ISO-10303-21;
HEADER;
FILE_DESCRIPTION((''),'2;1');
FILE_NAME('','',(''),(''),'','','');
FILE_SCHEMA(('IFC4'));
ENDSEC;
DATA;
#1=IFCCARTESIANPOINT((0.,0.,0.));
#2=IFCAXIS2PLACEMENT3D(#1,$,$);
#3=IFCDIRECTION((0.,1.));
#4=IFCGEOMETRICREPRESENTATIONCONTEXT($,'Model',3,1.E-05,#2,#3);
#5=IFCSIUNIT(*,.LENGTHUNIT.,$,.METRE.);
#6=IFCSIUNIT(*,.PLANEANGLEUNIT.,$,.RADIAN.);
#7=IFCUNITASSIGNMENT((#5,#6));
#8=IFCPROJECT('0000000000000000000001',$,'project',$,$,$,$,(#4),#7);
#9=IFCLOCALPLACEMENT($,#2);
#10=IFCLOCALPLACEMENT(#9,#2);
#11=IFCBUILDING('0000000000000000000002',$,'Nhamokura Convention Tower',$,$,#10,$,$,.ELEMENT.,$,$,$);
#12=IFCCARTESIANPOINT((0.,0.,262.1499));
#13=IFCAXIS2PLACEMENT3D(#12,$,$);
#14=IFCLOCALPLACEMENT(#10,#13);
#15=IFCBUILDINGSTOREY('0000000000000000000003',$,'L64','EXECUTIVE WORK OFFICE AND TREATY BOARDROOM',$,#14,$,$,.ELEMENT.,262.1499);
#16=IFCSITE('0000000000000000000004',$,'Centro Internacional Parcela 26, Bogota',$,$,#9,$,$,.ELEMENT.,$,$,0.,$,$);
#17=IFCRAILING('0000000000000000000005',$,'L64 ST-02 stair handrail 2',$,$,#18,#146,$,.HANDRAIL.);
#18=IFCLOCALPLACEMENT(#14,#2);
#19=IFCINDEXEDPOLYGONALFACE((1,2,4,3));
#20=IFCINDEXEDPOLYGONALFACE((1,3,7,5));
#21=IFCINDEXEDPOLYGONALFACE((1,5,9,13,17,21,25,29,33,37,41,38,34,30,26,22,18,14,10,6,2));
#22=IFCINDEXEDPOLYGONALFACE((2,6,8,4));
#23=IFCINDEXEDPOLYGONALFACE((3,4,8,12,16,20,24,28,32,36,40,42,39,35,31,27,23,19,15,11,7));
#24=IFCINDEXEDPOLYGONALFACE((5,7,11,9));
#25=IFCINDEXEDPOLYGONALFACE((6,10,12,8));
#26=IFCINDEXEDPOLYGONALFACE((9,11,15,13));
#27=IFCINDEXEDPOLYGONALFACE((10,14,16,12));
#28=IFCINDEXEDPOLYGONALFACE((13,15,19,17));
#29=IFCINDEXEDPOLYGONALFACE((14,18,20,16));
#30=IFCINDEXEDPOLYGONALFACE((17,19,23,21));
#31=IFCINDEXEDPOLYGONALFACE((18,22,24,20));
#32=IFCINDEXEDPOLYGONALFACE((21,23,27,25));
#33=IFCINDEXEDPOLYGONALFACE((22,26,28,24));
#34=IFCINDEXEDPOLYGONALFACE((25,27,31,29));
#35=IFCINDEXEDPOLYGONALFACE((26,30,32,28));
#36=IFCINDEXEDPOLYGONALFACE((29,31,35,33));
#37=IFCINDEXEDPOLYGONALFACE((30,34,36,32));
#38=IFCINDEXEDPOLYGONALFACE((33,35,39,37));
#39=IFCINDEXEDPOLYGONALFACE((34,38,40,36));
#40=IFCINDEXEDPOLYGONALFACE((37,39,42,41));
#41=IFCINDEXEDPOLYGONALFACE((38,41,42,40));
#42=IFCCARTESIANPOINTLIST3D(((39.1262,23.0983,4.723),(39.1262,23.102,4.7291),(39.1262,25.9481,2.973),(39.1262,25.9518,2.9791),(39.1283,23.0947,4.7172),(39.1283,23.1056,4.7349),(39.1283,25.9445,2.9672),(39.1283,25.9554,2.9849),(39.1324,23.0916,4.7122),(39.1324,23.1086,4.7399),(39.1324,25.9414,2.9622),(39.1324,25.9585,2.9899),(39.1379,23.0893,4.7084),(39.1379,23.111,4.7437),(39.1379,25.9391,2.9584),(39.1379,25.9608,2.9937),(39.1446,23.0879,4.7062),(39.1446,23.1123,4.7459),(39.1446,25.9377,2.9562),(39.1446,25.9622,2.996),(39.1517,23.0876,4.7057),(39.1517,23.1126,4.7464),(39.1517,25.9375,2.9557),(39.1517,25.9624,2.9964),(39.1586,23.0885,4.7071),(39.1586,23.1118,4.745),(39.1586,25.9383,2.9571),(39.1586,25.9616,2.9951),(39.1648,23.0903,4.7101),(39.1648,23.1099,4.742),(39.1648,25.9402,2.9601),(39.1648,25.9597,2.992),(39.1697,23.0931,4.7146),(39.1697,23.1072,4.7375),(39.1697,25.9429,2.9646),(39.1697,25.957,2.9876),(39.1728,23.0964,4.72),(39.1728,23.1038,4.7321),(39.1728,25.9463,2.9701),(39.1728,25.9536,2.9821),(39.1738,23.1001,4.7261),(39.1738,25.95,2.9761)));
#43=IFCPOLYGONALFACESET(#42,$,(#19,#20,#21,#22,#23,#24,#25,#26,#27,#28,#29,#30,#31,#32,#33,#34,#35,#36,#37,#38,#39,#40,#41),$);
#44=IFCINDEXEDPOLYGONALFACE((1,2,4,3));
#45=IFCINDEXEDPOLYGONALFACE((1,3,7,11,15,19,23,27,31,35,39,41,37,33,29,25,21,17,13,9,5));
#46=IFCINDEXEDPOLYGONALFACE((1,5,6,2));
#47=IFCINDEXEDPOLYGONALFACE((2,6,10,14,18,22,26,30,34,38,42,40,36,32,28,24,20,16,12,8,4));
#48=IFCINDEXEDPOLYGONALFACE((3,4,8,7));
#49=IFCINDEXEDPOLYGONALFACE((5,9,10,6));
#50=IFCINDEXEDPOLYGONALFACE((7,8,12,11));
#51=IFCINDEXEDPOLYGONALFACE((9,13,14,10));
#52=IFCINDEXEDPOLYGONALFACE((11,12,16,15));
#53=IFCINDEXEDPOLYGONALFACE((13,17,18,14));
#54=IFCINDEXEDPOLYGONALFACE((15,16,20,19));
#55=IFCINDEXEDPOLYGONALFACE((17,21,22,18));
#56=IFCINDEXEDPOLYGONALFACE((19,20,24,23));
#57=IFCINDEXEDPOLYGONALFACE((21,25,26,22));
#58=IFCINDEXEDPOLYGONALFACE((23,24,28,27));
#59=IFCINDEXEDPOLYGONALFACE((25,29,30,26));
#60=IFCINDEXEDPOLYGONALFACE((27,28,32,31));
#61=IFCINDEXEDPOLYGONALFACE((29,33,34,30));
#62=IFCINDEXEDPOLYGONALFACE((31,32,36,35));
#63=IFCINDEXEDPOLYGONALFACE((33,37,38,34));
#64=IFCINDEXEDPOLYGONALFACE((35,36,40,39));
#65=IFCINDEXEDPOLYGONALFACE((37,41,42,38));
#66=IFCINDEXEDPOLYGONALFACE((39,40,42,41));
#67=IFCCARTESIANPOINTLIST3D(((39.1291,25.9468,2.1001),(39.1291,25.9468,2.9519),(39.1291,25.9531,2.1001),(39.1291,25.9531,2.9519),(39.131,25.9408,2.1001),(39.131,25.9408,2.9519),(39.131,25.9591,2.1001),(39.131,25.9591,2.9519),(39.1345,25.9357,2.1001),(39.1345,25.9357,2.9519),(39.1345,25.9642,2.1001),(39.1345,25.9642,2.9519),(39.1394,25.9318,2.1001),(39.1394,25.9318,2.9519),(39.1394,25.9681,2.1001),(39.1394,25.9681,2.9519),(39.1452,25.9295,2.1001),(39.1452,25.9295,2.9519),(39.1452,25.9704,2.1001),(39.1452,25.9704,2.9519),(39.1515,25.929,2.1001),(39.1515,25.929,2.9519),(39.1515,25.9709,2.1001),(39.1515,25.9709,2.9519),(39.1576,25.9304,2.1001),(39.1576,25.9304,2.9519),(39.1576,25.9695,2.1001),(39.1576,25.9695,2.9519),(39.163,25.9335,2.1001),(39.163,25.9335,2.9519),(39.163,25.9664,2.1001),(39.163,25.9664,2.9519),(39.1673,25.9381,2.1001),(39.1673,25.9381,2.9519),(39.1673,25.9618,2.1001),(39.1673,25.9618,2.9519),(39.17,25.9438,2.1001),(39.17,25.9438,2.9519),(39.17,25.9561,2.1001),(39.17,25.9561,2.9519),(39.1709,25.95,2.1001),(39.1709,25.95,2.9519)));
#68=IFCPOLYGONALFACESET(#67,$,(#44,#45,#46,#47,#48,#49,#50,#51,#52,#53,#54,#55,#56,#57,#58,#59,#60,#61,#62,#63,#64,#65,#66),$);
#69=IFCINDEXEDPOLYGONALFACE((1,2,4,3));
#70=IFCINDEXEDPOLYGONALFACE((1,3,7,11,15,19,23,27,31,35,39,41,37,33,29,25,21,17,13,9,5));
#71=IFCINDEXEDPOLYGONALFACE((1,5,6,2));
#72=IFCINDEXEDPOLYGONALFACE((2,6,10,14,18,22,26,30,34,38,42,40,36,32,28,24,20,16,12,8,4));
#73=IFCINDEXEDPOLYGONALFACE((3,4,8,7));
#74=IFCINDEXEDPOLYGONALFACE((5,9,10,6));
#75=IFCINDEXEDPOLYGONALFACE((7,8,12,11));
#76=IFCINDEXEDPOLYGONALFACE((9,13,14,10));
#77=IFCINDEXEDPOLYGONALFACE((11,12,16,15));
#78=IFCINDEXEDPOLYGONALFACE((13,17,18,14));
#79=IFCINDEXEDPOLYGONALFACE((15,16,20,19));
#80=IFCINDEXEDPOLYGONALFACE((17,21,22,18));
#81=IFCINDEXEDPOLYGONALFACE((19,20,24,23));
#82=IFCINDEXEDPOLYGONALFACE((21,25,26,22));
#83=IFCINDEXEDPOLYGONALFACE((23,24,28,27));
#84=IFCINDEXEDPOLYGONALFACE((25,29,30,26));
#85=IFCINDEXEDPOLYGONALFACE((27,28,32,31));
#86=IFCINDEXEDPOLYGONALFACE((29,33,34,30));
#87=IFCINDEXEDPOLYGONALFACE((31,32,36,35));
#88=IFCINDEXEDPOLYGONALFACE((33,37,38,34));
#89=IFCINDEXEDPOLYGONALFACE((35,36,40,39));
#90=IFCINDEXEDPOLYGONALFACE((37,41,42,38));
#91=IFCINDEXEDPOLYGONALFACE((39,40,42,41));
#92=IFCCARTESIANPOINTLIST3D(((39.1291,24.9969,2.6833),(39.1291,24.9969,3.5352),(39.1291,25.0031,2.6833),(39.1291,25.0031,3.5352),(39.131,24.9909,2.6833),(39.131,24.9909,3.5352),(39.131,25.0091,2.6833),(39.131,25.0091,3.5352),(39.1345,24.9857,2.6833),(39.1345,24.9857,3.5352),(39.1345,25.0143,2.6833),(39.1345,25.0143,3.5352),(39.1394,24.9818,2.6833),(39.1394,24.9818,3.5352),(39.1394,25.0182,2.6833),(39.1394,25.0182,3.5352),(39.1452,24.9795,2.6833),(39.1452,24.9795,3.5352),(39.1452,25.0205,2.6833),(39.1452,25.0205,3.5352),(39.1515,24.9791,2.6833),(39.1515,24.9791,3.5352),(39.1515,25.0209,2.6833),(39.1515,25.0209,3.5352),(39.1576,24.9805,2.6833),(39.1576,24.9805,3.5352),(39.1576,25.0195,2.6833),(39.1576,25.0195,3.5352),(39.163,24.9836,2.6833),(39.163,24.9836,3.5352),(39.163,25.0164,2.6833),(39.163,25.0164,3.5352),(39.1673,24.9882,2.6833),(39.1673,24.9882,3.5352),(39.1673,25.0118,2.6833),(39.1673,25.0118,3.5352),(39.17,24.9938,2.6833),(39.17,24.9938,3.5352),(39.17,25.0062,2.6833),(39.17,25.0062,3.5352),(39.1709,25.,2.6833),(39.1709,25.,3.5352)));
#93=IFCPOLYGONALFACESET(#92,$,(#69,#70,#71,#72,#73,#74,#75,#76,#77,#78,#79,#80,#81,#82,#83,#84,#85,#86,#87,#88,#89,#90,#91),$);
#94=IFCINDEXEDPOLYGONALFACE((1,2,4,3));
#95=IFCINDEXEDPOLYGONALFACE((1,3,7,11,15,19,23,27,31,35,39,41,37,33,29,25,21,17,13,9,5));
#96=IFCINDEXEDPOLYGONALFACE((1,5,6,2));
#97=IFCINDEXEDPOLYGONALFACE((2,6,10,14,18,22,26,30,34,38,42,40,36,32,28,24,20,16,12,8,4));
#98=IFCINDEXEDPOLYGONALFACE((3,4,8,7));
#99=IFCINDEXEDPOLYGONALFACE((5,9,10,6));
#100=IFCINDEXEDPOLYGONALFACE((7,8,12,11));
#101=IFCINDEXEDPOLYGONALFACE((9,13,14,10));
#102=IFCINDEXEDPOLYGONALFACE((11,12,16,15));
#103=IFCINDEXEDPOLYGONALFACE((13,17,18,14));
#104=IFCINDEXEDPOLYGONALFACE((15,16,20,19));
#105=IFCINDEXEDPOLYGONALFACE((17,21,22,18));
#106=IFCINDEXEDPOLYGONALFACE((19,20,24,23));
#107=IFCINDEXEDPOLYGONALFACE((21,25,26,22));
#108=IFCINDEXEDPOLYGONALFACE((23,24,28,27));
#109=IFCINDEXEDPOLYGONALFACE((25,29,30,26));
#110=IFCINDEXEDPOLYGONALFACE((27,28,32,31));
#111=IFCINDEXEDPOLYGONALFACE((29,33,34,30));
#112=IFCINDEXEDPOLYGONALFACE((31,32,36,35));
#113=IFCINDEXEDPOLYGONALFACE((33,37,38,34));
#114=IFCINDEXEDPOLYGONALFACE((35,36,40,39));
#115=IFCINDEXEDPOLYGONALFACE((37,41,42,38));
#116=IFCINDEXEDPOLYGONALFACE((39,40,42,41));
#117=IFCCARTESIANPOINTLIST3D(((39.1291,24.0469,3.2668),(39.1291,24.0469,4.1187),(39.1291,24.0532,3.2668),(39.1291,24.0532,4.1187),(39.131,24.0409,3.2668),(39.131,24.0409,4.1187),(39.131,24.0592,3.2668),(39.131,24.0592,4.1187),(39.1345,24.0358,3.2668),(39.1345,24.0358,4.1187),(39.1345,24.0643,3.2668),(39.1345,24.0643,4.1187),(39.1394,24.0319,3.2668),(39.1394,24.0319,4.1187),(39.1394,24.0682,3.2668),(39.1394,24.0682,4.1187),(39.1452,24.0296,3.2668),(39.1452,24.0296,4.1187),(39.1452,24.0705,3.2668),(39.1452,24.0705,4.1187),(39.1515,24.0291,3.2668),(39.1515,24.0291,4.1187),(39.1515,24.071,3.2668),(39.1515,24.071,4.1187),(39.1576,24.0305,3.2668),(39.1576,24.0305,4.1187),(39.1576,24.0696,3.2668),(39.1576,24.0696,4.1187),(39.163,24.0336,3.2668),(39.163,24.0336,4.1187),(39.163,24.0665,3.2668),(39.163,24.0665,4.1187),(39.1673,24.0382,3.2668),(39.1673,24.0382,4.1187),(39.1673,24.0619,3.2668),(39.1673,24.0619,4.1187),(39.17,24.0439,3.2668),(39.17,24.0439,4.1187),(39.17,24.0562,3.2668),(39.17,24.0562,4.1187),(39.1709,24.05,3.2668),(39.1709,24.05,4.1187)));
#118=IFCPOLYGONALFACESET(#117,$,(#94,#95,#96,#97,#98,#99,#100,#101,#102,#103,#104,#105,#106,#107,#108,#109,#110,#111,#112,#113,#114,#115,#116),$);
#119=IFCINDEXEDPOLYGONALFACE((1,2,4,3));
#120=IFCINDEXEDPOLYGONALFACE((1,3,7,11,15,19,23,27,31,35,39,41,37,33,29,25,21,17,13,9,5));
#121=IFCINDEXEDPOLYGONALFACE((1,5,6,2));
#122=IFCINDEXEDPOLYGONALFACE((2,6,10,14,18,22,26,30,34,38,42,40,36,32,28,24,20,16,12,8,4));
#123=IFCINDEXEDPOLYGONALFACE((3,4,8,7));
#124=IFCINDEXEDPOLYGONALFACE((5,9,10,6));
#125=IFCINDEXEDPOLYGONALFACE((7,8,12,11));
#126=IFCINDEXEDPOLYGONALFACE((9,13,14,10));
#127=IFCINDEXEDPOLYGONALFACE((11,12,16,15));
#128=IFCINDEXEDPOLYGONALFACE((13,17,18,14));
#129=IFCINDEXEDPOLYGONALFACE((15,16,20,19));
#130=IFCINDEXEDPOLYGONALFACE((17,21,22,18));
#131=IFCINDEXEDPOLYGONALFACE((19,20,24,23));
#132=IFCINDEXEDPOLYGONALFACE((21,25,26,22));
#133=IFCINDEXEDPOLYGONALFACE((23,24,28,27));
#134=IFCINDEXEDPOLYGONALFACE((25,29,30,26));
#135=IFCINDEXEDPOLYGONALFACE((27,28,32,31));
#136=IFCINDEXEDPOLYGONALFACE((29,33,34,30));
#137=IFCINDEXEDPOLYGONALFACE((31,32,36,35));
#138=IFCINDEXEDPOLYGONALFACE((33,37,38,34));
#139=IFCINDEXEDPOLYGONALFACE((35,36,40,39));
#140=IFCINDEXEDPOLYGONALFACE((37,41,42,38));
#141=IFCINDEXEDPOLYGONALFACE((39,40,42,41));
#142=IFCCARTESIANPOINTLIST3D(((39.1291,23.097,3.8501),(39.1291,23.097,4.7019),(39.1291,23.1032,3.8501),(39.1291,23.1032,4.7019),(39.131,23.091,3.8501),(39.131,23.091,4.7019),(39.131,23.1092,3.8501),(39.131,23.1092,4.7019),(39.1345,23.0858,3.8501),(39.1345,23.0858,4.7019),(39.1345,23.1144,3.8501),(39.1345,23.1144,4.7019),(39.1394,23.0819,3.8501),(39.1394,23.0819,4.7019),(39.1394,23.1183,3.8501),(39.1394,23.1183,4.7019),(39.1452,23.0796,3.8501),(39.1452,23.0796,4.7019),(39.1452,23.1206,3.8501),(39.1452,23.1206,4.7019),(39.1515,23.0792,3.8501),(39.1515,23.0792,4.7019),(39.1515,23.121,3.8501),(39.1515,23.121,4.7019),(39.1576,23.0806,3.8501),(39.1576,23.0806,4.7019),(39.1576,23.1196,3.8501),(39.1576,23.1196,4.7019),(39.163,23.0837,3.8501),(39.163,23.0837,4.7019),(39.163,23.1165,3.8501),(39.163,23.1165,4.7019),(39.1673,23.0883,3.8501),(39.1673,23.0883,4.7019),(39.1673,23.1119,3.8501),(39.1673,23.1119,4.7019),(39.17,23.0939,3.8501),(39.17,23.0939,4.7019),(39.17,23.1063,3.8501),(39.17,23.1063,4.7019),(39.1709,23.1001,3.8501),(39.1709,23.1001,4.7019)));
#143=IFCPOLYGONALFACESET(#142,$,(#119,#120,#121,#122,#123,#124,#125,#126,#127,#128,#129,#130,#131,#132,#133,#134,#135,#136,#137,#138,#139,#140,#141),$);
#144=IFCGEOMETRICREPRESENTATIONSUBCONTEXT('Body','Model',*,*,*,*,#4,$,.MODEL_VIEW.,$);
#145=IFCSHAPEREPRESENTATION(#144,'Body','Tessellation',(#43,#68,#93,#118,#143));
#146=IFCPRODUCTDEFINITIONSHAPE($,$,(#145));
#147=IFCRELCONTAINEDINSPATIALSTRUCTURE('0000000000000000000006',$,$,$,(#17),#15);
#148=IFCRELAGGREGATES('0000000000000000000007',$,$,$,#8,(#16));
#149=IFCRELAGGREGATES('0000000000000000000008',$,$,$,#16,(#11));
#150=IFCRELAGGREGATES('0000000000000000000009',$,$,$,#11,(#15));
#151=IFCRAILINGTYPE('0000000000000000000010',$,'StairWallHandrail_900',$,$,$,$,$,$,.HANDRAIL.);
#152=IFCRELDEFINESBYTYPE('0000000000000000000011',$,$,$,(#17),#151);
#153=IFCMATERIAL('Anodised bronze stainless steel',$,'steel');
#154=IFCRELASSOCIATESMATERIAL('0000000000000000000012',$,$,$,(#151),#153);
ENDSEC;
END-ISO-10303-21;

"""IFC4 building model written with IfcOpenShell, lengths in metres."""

from ifc_helpers import new_model, si_unit, direction, frame, origin, origin_2d, place, context, subcontext, project, spatial, circle, extrude, material, type_object, element, save


model = new_model("IFC4")

# Units and contexts
model_context = context("Model", 3, precision=1e-05, world=origin(), true_north=direction((0.0, 1.0)))
body_context = subcontext(model_context, "Body", "Model", "MODEL_VIEW")
ifc_project = project(units=[si_unit("LENGTHUNIT", "METRE"), si_unit("PLANEANGLEUNIT", "RADIAN")], contexts=[model_context])

# Site, building, storey
site_placement = place(None, origin())
site = spatial("IfcSite", under=ifc_project, at=site_placement, Name="Centro Internacional Parcela 26, Bogota", CompositionType="ELEMENT", RefElevation=0.0)
building_placement = place(site_placement, origin())
building = spatial("IfcBuilding", under=site, at=building_placement, Name="Nhamokura Convention Tower", CompositionType="ELEMENT")
storey_placement = place(building_placement, frame((0.0, 0.0, 262.1499)))
storey = spatial("IfcBuildingStorey", under=building, at=storey_placement, Name="L64", Description="EXECUTIVE WORK OFFICE AND TREATY BOARDROOM", CompositionType="ELEMENT", Elevation=262.1499)

# Railing
ifc_material_1 = material(Name="Anodised bronze stainless steel", Category="steel")
railing_type_1 = type_object("IfcRailingType", Name="StairWallHandrail_900", PredefinedType="HANDRAIL", material=ifc_material_1)
railing_1_placement = place(storey_placement, frame((39.1499, 25.95, 2.1001)))
element("IfcRailing", 1, at=railing_1_placement, inside=storey, type_object=railing_type_1, Name="L64 ST-02 stair handrail 2", PredefinedType="HANDRAIL", context=body_context, shape_type="SweptSolid", body=[
    extrude(circle(Radius=0.0239, at=origin_2d()), frame((0.0, 0.0, 0.876), z_axis=(0.0, -0.852159, 0.523283), x_axis=(1.0, 0.0, 0.0)), (0.0, 0.0, 1.0), 3.3442),
    extrude(circle(Radius=0.021, at=origin_2d()), origin(), (0.0, 0.0, 1.0), 0.8518),
    extrude(circle(Radius=0.021, at=origin_2d()), frame((0.0, -0.95, 0.5833)), (0.0, 0.0, 1.0), 0.8518),
    extrude(circle(Radius=0.021, at=origin_2d()), frame((0.0, -1.8999, 1.1667)), (0.0, 0.0, 1.0), 0.8518),
    extrude(circle(Radius=0.021, at=origin_2d()), frame((0.0, -2.8499, 1.75)), (0.0, 0.0, 1.0), 0.8518),
])

save(model, "model.ifc")
